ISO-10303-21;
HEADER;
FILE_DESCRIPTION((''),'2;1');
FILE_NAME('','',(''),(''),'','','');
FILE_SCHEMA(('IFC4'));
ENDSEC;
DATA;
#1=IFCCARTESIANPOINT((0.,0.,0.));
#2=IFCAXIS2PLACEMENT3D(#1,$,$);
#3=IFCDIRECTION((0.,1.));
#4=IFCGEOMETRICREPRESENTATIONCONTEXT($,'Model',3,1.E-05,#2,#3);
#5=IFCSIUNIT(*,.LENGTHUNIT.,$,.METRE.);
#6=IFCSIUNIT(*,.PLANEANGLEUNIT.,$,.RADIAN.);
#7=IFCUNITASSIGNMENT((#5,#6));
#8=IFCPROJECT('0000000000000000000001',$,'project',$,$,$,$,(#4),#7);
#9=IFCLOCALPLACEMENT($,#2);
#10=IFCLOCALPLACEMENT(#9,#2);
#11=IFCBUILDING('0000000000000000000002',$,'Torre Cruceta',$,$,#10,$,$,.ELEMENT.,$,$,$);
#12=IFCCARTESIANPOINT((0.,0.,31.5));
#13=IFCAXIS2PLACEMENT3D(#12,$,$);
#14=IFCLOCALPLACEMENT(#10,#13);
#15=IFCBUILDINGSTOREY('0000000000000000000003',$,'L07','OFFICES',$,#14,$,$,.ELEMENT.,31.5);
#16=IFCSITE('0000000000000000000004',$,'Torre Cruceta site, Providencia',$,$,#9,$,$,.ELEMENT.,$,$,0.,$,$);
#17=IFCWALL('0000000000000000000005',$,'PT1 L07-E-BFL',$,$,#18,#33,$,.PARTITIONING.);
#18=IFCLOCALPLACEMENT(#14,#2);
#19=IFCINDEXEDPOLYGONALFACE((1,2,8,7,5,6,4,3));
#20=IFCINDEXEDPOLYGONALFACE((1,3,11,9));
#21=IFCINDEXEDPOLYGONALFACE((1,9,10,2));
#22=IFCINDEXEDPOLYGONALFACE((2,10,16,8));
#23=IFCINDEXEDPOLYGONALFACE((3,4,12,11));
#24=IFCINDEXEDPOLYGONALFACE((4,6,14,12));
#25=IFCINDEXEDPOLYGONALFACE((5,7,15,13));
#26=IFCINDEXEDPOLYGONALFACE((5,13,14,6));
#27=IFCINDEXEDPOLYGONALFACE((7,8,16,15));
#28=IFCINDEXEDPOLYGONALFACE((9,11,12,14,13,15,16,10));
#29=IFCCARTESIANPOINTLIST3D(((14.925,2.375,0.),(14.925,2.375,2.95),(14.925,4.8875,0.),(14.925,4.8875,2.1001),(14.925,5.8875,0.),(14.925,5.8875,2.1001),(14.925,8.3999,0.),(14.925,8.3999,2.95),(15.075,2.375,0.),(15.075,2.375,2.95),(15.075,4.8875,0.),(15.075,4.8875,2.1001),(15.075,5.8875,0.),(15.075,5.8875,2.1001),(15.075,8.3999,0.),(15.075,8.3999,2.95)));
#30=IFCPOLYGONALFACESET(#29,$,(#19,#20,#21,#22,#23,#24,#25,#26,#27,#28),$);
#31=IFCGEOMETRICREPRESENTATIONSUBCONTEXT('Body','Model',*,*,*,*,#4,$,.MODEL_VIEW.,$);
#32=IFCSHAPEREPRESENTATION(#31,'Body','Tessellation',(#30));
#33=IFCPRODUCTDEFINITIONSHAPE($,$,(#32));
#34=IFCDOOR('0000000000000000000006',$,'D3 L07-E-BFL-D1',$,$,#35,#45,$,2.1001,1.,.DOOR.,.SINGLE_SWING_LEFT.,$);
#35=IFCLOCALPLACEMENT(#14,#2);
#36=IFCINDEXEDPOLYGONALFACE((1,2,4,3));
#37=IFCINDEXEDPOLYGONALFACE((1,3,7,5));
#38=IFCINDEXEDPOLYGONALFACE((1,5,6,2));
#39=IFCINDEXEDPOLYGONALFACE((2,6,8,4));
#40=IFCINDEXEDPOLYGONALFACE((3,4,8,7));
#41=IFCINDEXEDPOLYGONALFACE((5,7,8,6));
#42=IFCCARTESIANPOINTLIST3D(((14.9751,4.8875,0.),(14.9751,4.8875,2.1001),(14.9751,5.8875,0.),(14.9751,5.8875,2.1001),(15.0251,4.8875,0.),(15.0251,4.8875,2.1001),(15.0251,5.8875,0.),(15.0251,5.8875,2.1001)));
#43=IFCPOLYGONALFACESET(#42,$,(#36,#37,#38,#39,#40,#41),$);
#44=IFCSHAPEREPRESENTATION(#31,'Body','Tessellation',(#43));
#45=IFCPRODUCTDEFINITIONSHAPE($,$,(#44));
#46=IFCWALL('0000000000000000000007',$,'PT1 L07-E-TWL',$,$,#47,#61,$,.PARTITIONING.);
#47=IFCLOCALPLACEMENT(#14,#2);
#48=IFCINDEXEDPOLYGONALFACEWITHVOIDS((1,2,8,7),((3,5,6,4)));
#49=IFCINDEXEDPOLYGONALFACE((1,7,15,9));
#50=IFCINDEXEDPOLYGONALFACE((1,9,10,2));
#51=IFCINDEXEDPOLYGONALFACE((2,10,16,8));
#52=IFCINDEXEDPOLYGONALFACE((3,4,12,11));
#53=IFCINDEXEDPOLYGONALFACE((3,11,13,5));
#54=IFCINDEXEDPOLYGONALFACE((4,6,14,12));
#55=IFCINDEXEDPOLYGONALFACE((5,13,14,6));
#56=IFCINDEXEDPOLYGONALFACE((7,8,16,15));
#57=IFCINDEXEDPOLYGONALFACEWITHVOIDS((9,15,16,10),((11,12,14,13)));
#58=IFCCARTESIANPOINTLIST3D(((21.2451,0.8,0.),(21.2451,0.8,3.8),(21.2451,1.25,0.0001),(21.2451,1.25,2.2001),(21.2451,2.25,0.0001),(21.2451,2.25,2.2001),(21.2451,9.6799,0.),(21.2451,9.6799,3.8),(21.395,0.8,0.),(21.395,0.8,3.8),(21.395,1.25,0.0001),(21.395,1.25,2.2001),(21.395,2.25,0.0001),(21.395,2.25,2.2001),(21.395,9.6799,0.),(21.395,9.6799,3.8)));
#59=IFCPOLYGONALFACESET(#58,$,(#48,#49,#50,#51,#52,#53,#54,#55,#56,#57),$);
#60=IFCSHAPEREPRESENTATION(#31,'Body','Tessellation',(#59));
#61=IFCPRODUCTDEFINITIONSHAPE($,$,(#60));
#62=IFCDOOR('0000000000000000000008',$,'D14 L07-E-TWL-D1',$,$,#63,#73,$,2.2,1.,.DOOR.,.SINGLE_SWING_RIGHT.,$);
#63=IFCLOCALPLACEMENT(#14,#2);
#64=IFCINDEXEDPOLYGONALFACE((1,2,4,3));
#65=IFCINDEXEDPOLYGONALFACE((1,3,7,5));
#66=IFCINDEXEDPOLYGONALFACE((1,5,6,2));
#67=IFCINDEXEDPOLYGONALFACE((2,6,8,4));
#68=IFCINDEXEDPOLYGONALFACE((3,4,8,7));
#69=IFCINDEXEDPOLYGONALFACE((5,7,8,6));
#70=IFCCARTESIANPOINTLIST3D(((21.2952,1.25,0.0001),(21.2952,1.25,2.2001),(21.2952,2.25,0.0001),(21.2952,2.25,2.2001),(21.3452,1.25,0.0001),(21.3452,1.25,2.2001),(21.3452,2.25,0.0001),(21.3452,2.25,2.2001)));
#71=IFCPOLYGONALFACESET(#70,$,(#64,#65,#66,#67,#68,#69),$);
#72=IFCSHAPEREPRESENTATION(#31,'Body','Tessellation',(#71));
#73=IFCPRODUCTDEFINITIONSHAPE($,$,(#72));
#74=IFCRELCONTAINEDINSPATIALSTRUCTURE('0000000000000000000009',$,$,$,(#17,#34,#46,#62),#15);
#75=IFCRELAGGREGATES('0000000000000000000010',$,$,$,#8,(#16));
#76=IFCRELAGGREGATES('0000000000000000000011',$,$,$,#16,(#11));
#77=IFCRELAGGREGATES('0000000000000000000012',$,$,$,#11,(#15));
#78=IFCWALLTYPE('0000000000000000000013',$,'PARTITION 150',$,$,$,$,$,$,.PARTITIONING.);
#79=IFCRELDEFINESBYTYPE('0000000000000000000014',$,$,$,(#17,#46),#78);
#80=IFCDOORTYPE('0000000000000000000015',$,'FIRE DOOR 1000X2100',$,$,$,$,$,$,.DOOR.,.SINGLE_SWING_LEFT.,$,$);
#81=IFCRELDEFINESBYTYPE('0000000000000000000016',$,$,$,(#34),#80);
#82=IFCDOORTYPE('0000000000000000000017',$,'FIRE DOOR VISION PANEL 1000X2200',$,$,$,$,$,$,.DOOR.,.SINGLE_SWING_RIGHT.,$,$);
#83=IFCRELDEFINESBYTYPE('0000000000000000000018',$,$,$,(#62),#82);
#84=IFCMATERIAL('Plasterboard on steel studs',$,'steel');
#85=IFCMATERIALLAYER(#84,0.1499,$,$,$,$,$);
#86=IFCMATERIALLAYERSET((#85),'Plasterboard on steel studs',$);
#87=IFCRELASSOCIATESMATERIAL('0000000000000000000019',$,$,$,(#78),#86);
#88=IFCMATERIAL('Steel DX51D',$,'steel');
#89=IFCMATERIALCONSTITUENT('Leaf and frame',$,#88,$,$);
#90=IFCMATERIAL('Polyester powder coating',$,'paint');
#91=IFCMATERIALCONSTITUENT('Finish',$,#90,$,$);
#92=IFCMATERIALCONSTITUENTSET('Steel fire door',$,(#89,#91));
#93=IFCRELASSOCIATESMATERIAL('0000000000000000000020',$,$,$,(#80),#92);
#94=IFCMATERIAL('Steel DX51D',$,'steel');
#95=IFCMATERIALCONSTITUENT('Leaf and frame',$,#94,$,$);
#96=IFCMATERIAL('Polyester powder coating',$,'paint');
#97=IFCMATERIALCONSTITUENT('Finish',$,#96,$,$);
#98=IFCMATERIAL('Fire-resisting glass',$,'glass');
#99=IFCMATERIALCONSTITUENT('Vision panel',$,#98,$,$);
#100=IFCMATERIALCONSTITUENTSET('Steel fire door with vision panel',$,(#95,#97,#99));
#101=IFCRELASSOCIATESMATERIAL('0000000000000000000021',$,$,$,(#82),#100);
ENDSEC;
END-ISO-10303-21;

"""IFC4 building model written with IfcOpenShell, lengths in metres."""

from ifc_helpers import new_model, si_unit, direction, frame, frame_2d, origin, place, context, subcontext, project, spatial, rectangle, extrude, material, layer, layer_set, constituent, constituent_set, type_object, element, fill, save


model = new_model("IFC4")

# Units and contexts
model_context = context("Model", 3, precision=1e-05, world=origin(), true_north=direction((0.0, 1.0)))
body_context = subcontext(model_context, "Body", "Model", "MODEL_VIEW")
ifc_project = project(units=[si_unit("LENGTHUNIT", "METRE"), si_unit("PLANEANGLEUNIT", "RADIAN")], contexts=[model_context])

# Site, building, storey
site_placement = place(None, origin())
site = spatial("IfcSite", under=ifc_project, at=site_placement, Name="Torre Cruceta site, Providencia", CompositionType="ELEMENT", RefElevation=0.0)
building_placement = place(site_placement, origin())
building = spatial("IfcBuilding", under=site, at=building_placement, Name="Torre Cruceta", CompositionType="ELEMENT")
storey_placement = place(building_placement, frame((0.0, 0.0, 31.5)))
storey = spatial("IfcBuildingStorey", under=building, at=storey_placement, Name="L07", Description="OFFICES", CompositionType="ELEMENT", Elevation=31.5)

# Walls, openings, doors
ifc_material_1 = material(Name="Plasterboard on steel studs", Category="steel")
ifc_layer_1 = layer(ifc_material_1, 0.1499)
ifc_layer_set_1 = layer_set([ifc_layer_1], Name="Plasterboard on steel studs")
wall_type_1 = type_object("IfcWallType", Name="PARTITION 150", PredefinedType="PARTITIONING", material=ifc_layer_set_1)
wall_1_placement = place(storey_placement, frame((15.0, 2.375, 0.0), z_axis=(0.0, 0.0, 1.0), x_axis=(0.0, 1.0, 0.0)))
wall_1 = element("IfcWall", 1, at=wall_1_placement, inside=storey, type_object=wall_type_1, Name="PT1 L07-E-BFL", PredefinedType="PARTITIONING", context=body_context, shape_type="SweptSolid", body=[
    extrude(rectangle(XDim=6.0249, YDim=0.1499, at=frame_2d((3.0125, 0.0))), origin(), (0.0, 0.0, 1.0), 2.95),
])
opening_1_placement = place(wall_1_placement, frame((2.5125, 0.0, 0.0)))
opening_1 = element("IfcOpeningElement", 2, at=opening_1_placement, cuts=wall_1, PredefinedType="OPENING", context=body_context, shape_type="SweptSolid", body=[
    extrude(rectangle(XDim=1.0, YDim=2.1001, at=frame_2d((0.5, 1.05))), frame((0.0, 0.085, 0.0), z_axis=(0.0, -1.0, 0.0), x_axis=(1.0, 0.0, 0.0)), (0.0, 0.0, 1.0), 0.1699),
])
ifc_material_2 = material(Name="Steel DX51D", Category="steel")
ifc_constituent_1 = constituent(ifc_material_2, Name="Leaf and frame")
ifc_material_3 = material(Name="Polyester powder coating", Category="paint")
ifc_constituent_2 = constituent(ifc_material_3, Name="Finish")
ifc_constituent_set_1 = constituent_set(constituents=[ifc_constituent_1, ifc_constituent_2], Name="Steel fire door")
door_type_1 = type_object("IfcDoorType", Name="FIRE DOOR 1000X2100", OperationType="SINGLE_SWING_LEFT", PredefinedType="DOOR", material=ifc_constituent_set_1)
door_1_placement = place(opening_1_placement, origin())
door_1 = element("IfcDoor", 3, at=door_1_placement, inside=storey, type_object=door_type_1, Name="D3 L07-E-BFL-D1", OperationType="SINGLE_SWING_LEFT", OverallHeight=2.1001, OverallWidth=1.0, PredefinedType="DOOR", context=body_context, shape_type="SweptSolid", body=[
    extrude(rectangle(XDim=1.0, YDim=2.1001, at=frame_2d((0.5, 1.05))), frame((0.0, 0.0249, 0.0), z_axis=(0.0, -1.0, 0.0), x_axis=(1.0, 0.0, 0.0)), (0.0, 0.0, 1.0), 0.05),
])
fill(opening_1, door_1)
wall_2_placement = place(storey_placement, frame((21.3201, 0.8, 0.0), z_axis=(0.0, 0.0, 1.0), x_axis=(0.0, 1.0, 0.0)))
wall_2 = element("IfcWall", 4, at=wall_2_placement, inside=storey, type_object=wall_type_1, Name="PT1 L07-E-TWL", PredefinedType="PARTITIONING", context=body_context, shape_type="SweptSolid", body=[
    extrude(rectangle(XDim=8.8799, YDim=0.1499, at=frame_2d((4.4399, 0.0))), origin(), (0.0, 0.0, 1.0), 3.8),
])
opening_2_placement = place(wall_2_placement, frame((0.45, 0.0, 0.0)))
opening_2 = element("IfcOpeningElement", 5, at=opening_2_placement, cuts=wall_2, PredefinedType="OPENING", context=body_context, shape_type="SweptSolid", body=[
    extrude(rectangle(XDim=1.0, YDim=2.2, at=frame_2d((0.5, 1.1001))), frame((0.0, 0.085, 0.0), z_axis=(0.0, -1.0, 0.0), x_axis=(1.0, 0.0, 0.0)), (0.0, 0.0, 1.0), 0.1699),
])
ifc_material_4 = material(Name="Steel DX51D", Category="steel")
ifc_constituent_3 = constituent(ifc_material_4, Name="Leaf and frame")
ifc_material_5 = material(Name="Polyester powder coating", Category="paint")
ifc_constituent_4 = constituent(ifc_material_5, Name="Finish")
ifc_material_6 = material(Name="Fire-resisting glass", Category="glass")
ifc_constituent_5 = constituent(ifc_material_6, Name="Vision panel")
ifc_constituent_set_2 = constituent_set(constituents=[ifc_constituent_3, ifc_constituent_4, ifc_constituent_5], Name="Steel fire door with vision panel")
door_type_2 = type_object("IfcDoorType", Name="FIRE DOOR VISION PANEL 1000X2200", OperationType="SINGLE_SWING_RIGHT", PredefinedType="DOOR", material=ifc_constituent_set_2)
door_2_placement = place(opening_2_placement, frame((1.0, 0.0, 0.0), z_axis=(0.0, 0.0, 1.0), x_axis=(-1.0, 0.0, 0.0)))
door_2 = element("IfcDoor", 6, at=door_2_placement, inside=storey, type_object=door_type_2, Name="D14 L07-E-TWL-D1", OperationType="SINGLE_SWING_RIGHT", OverallHeight=2.2, OverallWidth=1.0, PredefinedType="DOOR", context=body_context, shape_type="SweptSolid", body=[
    extrude(rectangle(XDim=1.0, YDim=2.2, at=frame_2d((0.5, 1.1001))), frame((0.0, 0.0251, 0.0), z_axis=(0.0, -1.0, 0.0), x_axis=(1.0, 0.0, 0.0)), (0.0, 0.0, 1.0), 0.05),
])
fill(opening_2, door_2)

save(model, "model.ifc")
